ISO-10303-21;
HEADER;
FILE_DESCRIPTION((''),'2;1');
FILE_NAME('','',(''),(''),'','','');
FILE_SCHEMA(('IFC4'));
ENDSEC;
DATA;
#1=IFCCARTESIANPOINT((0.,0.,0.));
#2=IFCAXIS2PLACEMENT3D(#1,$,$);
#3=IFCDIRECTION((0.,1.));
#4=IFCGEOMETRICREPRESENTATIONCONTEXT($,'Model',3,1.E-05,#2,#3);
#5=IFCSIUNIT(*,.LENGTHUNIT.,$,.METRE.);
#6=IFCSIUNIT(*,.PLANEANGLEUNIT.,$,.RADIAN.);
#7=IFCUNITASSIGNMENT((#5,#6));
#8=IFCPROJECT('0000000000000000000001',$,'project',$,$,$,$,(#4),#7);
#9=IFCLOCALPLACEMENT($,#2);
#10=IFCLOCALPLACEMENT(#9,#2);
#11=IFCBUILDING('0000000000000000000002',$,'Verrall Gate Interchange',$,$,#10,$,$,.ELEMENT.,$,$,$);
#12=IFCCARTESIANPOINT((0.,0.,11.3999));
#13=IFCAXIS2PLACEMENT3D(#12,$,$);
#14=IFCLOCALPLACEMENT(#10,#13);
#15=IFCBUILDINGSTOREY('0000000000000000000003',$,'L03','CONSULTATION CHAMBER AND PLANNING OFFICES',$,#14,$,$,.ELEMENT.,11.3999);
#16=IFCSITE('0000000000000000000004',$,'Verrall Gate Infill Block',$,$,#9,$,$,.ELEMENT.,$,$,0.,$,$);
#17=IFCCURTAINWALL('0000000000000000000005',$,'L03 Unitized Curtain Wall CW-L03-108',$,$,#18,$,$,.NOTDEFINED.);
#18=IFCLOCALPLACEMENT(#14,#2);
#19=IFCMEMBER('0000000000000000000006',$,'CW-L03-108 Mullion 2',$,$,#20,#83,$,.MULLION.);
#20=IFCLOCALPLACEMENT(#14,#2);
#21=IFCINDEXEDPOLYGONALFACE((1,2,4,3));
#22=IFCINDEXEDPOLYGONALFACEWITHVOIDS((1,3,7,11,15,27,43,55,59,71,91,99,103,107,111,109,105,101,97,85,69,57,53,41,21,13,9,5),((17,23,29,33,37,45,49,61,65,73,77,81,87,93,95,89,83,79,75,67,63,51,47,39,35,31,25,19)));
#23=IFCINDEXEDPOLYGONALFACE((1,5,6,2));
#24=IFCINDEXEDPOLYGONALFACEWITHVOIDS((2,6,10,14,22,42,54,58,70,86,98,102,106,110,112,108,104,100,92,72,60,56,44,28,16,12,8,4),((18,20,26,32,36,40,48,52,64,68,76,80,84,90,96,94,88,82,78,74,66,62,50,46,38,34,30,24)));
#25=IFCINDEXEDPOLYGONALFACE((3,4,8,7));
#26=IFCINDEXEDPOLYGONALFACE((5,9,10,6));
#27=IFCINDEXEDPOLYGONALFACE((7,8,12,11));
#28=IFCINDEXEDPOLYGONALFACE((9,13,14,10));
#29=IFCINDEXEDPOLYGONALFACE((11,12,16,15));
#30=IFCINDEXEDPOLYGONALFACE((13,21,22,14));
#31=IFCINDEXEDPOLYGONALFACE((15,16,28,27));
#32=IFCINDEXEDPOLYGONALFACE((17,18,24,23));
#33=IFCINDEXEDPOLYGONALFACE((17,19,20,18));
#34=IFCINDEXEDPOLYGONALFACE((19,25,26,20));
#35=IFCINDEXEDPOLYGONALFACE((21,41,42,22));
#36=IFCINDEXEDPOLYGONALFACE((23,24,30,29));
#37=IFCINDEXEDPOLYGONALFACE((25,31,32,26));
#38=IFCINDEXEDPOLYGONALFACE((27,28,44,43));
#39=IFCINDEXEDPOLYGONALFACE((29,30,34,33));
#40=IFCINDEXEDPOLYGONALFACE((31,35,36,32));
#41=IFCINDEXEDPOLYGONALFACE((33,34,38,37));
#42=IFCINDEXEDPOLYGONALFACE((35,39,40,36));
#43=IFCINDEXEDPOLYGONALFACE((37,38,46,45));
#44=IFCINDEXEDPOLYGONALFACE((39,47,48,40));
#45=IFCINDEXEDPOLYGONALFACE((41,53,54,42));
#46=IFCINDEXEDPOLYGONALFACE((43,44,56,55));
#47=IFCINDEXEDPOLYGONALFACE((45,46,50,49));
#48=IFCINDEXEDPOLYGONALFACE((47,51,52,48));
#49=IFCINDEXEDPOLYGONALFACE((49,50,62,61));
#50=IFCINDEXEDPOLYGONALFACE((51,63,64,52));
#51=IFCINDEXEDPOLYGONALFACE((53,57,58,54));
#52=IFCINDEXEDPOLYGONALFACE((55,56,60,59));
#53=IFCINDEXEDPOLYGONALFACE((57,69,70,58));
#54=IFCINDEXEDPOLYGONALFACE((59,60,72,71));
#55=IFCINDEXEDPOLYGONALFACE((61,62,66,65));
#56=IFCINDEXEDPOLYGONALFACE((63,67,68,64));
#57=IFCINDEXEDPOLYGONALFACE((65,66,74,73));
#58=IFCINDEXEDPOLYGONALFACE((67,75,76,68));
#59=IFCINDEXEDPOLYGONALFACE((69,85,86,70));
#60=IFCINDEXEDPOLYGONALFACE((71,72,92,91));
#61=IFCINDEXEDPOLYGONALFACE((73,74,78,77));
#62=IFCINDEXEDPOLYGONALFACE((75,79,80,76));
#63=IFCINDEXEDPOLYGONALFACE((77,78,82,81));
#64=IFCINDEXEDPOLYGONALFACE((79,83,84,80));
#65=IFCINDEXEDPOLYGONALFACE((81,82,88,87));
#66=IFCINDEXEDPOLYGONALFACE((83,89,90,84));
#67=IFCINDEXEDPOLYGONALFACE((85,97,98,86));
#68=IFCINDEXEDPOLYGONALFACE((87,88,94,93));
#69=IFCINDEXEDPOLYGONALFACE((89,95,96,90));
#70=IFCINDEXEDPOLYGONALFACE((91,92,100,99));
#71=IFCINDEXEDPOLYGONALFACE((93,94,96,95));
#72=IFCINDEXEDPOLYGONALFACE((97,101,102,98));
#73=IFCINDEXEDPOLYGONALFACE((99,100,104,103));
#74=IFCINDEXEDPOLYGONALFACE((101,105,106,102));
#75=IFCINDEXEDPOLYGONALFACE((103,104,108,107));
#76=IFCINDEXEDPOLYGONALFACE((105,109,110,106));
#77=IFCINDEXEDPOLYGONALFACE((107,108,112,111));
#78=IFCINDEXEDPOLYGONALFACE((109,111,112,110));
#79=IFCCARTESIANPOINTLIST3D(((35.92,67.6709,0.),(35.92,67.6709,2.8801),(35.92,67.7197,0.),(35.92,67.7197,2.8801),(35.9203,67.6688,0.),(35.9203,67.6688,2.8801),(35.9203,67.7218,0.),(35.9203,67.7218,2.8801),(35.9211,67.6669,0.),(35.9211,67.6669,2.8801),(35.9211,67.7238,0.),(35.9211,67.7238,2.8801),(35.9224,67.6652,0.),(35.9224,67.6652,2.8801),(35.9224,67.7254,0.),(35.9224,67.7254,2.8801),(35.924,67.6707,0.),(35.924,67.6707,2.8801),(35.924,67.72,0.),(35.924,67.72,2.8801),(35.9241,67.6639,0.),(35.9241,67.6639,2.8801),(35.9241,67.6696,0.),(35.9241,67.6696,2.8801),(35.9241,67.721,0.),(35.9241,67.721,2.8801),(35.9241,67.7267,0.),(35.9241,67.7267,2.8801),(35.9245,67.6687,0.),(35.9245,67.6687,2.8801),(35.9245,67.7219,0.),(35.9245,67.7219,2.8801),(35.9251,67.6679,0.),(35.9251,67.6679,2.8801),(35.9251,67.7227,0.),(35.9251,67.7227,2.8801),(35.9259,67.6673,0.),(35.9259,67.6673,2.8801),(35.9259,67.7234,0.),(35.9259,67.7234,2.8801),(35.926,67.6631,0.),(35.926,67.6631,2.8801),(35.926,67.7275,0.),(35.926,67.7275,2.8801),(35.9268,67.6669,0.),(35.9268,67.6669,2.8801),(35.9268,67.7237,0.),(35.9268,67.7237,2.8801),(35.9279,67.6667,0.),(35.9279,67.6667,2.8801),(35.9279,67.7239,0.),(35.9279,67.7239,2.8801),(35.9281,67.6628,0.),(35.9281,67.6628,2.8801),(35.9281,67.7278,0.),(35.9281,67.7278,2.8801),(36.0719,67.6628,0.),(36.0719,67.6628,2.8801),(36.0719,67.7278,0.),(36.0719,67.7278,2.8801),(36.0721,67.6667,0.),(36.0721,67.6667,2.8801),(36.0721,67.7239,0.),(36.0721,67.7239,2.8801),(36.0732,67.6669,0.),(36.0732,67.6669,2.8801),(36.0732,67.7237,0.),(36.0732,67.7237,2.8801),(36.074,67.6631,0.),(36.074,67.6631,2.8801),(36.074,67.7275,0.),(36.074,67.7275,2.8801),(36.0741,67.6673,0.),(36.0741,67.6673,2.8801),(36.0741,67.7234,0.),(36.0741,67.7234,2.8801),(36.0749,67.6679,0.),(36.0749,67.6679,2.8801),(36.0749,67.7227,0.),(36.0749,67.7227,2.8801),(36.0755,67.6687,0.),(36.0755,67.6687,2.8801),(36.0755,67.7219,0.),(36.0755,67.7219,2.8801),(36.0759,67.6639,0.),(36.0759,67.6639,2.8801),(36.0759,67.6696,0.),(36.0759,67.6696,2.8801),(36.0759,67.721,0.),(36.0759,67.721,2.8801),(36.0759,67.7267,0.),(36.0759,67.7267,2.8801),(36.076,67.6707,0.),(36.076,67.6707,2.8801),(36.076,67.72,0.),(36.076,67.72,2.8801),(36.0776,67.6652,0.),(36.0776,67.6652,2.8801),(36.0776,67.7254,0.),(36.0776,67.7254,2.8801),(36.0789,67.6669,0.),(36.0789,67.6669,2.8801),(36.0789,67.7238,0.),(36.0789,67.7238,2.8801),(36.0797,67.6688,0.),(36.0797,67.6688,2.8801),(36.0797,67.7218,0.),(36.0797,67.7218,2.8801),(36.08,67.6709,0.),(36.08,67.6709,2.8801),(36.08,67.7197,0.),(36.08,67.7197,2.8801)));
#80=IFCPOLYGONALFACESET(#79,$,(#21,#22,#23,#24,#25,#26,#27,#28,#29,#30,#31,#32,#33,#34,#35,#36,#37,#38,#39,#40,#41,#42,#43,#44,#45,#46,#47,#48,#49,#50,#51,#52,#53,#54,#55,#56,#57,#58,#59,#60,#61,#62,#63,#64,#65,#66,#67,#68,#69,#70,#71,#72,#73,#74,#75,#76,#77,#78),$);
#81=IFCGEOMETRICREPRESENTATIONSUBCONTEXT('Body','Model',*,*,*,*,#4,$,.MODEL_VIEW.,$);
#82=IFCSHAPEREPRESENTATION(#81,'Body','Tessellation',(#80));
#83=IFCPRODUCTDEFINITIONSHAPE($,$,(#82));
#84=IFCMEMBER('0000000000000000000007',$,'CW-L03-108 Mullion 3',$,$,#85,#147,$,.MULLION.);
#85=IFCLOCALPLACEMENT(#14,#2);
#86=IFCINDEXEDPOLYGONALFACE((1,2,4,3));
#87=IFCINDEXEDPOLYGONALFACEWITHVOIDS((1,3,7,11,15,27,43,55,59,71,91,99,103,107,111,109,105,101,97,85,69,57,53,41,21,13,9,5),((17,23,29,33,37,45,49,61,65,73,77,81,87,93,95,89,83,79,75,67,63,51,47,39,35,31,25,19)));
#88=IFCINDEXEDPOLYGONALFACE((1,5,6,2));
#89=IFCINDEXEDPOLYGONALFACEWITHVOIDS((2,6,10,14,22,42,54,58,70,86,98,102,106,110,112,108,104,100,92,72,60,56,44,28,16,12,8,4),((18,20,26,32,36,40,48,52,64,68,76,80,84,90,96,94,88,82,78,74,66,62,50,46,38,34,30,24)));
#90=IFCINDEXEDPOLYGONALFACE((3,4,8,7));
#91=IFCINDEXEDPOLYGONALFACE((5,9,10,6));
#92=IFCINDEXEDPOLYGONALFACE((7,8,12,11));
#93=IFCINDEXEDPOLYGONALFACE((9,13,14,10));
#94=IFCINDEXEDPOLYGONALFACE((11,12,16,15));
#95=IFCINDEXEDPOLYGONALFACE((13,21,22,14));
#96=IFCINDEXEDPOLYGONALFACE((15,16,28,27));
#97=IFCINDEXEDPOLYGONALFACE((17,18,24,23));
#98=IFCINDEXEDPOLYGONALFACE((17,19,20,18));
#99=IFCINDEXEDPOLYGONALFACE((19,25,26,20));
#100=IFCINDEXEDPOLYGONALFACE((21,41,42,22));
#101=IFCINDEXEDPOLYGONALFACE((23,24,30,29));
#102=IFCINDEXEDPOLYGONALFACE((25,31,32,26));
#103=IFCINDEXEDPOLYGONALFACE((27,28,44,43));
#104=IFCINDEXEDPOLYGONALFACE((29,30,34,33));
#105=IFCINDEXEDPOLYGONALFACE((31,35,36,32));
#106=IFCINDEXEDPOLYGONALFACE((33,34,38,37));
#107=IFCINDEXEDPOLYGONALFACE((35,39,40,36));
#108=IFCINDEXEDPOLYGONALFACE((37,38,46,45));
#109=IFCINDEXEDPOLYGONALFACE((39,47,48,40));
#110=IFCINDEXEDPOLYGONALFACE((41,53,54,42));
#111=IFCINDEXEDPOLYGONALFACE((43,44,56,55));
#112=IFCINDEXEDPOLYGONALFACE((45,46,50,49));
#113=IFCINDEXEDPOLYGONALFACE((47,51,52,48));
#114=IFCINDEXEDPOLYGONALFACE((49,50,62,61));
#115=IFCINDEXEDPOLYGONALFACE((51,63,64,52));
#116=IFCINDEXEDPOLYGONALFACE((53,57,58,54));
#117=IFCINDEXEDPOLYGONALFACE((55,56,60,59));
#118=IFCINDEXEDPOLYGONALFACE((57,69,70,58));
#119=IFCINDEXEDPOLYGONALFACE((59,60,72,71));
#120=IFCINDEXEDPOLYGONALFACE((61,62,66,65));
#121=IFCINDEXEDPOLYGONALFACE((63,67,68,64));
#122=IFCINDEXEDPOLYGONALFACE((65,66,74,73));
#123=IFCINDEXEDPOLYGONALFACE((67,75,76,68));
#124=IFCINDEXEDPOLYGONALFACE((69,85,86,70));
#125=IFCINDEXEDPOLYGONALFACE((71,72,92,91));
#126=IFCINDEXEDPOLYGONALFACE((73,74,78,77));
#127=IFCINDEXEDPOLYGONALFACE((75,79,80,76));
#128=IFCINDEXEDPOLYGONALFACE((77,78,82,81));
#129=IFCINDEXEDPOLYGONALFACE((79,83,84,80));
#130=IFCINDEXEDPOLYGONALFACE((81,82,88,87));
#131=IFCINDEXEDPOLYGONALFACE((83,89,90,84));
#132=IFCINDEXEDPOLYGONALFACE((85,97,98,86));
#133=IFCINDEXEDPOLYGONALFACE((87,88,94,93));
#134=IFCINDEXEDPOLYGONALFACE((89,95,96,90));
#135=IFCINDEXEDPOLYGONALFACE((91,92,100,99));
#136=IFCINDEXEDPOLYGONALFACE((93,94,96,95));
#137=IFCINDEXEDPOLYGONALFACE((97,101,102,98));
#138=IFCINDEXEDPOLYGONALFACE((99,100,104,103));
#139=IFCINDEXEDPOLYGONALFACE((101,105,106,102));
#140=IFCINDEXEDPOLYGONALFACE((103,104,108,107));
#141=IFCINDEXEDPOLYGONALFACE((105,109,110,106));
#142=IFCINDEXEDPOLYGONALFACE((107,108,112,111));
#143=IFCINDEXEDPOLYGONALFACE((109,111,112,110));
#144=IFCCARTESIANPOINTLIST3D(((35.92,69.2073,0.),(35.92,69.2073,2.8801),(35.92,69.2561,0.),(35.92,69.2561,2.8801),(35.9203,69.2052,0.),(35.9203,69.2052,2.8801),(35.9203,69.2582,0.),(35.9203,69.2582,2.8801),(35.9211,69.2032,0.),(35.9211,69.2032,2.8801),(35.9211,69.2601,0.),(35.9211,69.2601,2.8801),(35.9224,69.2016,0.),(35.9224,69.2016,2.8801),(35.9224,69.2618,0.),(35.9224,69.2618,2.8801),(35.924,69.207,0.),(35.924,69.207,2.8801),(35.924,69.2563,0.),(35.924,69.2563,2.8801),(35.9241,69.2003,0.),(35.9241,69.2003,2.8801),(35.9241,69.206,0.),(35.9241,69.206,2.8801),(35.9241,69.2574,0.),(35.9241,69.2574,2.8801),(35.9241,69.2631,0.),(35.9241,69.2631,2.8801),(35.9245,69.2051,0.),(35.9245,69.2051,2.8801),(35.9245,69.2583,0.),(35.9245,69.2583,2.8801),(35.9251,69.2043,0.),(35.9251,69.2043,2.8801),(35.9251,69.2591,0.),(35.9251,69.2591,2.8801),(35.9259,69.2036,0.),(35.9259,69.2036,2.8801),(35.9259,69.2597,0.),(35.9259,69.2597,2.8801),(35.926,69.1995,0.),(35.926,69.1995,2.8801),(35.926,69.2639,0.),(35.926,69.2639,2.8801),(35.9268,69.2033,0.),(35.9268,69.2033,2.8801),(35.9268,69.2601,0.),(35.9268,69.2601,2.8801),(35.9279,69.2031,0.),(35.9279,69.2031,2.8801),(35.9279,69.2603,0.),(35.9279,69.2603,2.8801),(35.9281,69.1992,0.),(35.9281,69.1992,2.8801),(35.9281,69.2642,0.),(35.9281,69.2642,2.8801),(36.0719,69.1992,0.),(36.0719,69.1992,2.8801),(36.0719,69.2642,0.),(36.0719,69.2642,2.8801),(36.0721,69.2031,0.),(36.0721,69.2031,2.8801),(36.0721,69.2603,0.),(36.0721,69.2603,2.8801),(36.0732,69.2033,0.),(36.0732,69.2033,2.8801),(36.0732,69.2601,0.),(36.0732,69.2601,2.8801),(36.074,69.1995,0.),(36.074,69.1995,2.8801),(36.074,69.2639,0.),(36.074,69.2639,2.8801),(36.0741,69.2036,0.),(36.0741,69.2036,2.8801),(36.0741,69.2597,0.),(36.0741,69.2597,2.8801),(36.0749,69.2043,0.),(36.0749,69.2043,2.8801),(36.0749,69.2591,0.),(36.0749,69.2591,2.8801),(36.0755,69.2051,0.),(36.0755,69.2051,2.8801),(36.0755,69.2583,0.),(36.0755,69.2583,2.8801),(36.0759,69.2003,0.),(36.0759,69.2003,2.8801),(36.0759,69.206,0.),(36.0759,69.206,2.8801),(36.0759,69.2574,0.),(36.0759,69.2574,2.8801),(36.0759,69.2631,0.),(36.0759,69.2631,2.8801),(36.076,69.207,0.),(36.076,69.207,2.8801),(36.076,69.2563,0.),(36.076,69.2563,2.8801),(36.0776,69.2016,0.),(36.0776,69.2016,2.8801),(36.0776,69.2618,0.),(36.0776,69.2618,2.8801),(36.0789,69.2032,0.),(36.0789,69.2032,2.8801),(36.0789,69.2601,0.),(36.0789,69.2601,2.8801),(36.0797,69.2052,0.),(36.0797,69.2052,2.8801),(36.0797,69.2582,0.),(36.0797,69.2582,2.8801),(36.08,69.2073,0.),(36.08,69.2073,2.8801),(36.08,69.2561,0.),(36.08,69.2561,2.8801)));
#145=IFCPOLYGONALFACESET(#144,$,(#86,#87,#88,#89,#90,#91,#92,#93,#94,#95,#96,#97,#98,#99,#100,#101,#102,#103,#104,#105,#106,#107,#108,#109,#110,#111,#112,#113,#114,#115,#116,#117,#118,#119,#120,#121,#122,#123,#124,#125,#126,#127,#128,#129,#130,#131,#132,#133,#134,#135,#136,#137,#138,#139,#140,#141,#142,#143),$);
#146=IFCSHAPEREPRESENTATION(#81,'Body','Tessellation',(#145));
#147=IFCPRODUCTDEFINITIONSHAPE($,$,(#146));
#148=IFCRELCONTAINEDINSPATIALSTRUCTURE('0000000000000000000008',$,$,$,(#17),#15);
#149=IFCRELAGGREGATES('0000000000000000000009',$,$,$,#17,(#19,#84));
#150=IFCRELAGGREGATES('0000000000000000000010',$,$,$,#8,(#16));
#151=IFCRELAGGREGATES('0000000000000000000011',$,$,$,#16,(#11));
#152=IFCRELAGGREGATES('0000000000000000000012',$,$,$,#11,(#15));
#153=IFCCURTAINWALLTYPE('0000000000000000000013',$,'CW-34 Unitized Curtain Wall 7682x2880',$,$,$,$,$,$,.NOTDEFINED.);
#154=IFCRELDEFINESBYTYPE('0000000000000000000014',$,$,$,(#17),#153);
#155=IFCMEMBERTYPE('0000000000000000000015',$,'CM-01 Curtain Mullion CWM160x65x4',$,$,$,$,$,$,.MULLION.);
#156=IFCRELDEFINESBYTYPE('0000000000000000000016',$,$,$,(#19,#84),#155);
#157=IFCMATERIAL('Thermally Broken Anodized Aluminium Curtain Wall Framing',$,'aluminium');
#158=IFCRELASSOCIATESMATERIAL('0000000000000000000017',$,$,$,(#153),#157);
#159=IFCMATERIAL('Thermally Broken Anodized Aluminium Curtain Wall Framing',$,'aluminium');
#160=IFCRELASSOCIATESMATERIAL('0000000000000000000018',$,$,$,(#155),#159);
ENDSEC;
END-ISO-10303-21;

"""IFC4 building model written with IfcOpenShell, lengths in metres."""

from ifc_helpers import new_model, si_unit, direction, frame, origin, origin_2d, place, context, subcontext, project, spatial, hollow_rectangle, extrude, material, material_profile, profile_set, type_object, element, aggregate, save


model = new_model("IFC4")

# Units and contexts
model_context = context("Model", 3, precision=1e-05, world=origin(), true_north=direction((0.0, 1.0)))
body_context = subcontext(model_context, "Body", "Model", "MODEL_VIEW")
ifc_project = project(units=[si_unit("LENGTHUNIT", "METRE"), si_unit("PLANEANGLEUNIT", "RADIAN")], contexts=[model_context])

# Site, building, storey
site_placement = place(None, origin())
site = spatial("IfcSite", under=ifc_project, at=site_placement, Name="Verrall Gate Infill Block", CompositionType="ELEMENT", RefElevation=0.0)
building_placement = place(site_placement, origin())
building = spatial("IfcBuilding", under=site, at=building_placement, Name="Verrall Gate Interchange", CompositionType="ELEMENT")
storey_placement = place(building_placement, frame((0.0, 0.0, 11.3999)))
storey = spatial("IfcBuildingStorey", under=building, at=storey_placement, Name="L03", Description="CONSULTATION CHAMBER AND PLANNING OFFICES", CompositionType="ELEMENT", Elevation=11.3999)

# Curtain wall, members
ifc_material_1 = material(Name="Thermally Broken Anodized Aluminium Curtain Wall Framing", Category="aluminium")
curtain_wall_type = type_object("IfcCurtainWallType", Name="CW-34 Unitized Curtain Wall 7682x2880", PredefinedType="NOTDEFINED", material=ifc_material_1)
curtain_wall_placement = place(storey_placement, origin())
curtain_wall = element("IfcCurtainWall", 1, at=curtain_wall_placement, inside=storey, type_object=curtain_wall_type, Name="L03 Unitized Curtain Wall CW-L03-108", PredefinedType="NOTDEFINED")
ifc_material_2 = material(Name="Thermally Broken Anodized Aluminium Curtain Wall Framing", Category="aluminium")
ifc_material_profile_1 = material_profile(ifc_material_2, hollow_rectangle(XDim=0.0649, YDim=0.1599, WallThickness=0.0039, InnerFilletRadius=0.0039, OuterFilletRadius=0.0081, at=origin_2d()), Name="CWM160x65x4")
ifc_profile_set_1 = profile_set([ifc_material_profile_1], Name="Thermally Broken Anodized Aluminium Curtain Wall Framing")
member_type_1 = type_object("IfcMemberType", Name="CM-01 Curtain Mullion CWM160x65x4", PredefinedType="MULLION", material=ifc_profile_set_1)
member_1_placement = place(storey_placement, frame((36.0, 67.6953, 0.0), z_axis=(0.0, 0.0, 1.0), x_axis=(0.0, 1.0, 0.0)))
member_1 = element("IfcMember", 2, at=member_1_placement, type_object=member_type_1, Name="CW-L03-108 Mullion 2", PredefinedType="MULLION", context=body_context, shape_type="SweptSolid", body=[
    extrude(hollow_rectangle(XDim=0.0649, YDim=0.1599, WallThickness=0.0039, InnerFilletRadius=0.0039, OuterFilletRadius=0.0081, at=origin_2d()), origin(), (0.0, 0.0, 1.0), 2.8801),
])
member_2_placement = place(storey_placement, frame((36.0, 69.2317, 0.0), z_axis=(0.0, 0.0, 1.0), x_axis=(0.0, 1.0, 0.0)))
member_2 = element("IfcMember", 3, at=member_2_placement, type_object=member_type_1, Name="CW-L03-108 Mullion 3", PredefinedType="MULLION", context=body_context, shape_type="SweptSolid", body=[
    extrude(hollow_rectangle(XDim=0.0649, YDim=0.1599, WallThickness=0.0039, InnerFilletRadius=0.0039, OuterFilletRadius=0.0081, at=origin_2d()), origin(), (0.0, 0.0, 1.0), 2.8801),
])

aggregate(curtain_wall, [member_1, member_2])

save(model, "model.ifc")
